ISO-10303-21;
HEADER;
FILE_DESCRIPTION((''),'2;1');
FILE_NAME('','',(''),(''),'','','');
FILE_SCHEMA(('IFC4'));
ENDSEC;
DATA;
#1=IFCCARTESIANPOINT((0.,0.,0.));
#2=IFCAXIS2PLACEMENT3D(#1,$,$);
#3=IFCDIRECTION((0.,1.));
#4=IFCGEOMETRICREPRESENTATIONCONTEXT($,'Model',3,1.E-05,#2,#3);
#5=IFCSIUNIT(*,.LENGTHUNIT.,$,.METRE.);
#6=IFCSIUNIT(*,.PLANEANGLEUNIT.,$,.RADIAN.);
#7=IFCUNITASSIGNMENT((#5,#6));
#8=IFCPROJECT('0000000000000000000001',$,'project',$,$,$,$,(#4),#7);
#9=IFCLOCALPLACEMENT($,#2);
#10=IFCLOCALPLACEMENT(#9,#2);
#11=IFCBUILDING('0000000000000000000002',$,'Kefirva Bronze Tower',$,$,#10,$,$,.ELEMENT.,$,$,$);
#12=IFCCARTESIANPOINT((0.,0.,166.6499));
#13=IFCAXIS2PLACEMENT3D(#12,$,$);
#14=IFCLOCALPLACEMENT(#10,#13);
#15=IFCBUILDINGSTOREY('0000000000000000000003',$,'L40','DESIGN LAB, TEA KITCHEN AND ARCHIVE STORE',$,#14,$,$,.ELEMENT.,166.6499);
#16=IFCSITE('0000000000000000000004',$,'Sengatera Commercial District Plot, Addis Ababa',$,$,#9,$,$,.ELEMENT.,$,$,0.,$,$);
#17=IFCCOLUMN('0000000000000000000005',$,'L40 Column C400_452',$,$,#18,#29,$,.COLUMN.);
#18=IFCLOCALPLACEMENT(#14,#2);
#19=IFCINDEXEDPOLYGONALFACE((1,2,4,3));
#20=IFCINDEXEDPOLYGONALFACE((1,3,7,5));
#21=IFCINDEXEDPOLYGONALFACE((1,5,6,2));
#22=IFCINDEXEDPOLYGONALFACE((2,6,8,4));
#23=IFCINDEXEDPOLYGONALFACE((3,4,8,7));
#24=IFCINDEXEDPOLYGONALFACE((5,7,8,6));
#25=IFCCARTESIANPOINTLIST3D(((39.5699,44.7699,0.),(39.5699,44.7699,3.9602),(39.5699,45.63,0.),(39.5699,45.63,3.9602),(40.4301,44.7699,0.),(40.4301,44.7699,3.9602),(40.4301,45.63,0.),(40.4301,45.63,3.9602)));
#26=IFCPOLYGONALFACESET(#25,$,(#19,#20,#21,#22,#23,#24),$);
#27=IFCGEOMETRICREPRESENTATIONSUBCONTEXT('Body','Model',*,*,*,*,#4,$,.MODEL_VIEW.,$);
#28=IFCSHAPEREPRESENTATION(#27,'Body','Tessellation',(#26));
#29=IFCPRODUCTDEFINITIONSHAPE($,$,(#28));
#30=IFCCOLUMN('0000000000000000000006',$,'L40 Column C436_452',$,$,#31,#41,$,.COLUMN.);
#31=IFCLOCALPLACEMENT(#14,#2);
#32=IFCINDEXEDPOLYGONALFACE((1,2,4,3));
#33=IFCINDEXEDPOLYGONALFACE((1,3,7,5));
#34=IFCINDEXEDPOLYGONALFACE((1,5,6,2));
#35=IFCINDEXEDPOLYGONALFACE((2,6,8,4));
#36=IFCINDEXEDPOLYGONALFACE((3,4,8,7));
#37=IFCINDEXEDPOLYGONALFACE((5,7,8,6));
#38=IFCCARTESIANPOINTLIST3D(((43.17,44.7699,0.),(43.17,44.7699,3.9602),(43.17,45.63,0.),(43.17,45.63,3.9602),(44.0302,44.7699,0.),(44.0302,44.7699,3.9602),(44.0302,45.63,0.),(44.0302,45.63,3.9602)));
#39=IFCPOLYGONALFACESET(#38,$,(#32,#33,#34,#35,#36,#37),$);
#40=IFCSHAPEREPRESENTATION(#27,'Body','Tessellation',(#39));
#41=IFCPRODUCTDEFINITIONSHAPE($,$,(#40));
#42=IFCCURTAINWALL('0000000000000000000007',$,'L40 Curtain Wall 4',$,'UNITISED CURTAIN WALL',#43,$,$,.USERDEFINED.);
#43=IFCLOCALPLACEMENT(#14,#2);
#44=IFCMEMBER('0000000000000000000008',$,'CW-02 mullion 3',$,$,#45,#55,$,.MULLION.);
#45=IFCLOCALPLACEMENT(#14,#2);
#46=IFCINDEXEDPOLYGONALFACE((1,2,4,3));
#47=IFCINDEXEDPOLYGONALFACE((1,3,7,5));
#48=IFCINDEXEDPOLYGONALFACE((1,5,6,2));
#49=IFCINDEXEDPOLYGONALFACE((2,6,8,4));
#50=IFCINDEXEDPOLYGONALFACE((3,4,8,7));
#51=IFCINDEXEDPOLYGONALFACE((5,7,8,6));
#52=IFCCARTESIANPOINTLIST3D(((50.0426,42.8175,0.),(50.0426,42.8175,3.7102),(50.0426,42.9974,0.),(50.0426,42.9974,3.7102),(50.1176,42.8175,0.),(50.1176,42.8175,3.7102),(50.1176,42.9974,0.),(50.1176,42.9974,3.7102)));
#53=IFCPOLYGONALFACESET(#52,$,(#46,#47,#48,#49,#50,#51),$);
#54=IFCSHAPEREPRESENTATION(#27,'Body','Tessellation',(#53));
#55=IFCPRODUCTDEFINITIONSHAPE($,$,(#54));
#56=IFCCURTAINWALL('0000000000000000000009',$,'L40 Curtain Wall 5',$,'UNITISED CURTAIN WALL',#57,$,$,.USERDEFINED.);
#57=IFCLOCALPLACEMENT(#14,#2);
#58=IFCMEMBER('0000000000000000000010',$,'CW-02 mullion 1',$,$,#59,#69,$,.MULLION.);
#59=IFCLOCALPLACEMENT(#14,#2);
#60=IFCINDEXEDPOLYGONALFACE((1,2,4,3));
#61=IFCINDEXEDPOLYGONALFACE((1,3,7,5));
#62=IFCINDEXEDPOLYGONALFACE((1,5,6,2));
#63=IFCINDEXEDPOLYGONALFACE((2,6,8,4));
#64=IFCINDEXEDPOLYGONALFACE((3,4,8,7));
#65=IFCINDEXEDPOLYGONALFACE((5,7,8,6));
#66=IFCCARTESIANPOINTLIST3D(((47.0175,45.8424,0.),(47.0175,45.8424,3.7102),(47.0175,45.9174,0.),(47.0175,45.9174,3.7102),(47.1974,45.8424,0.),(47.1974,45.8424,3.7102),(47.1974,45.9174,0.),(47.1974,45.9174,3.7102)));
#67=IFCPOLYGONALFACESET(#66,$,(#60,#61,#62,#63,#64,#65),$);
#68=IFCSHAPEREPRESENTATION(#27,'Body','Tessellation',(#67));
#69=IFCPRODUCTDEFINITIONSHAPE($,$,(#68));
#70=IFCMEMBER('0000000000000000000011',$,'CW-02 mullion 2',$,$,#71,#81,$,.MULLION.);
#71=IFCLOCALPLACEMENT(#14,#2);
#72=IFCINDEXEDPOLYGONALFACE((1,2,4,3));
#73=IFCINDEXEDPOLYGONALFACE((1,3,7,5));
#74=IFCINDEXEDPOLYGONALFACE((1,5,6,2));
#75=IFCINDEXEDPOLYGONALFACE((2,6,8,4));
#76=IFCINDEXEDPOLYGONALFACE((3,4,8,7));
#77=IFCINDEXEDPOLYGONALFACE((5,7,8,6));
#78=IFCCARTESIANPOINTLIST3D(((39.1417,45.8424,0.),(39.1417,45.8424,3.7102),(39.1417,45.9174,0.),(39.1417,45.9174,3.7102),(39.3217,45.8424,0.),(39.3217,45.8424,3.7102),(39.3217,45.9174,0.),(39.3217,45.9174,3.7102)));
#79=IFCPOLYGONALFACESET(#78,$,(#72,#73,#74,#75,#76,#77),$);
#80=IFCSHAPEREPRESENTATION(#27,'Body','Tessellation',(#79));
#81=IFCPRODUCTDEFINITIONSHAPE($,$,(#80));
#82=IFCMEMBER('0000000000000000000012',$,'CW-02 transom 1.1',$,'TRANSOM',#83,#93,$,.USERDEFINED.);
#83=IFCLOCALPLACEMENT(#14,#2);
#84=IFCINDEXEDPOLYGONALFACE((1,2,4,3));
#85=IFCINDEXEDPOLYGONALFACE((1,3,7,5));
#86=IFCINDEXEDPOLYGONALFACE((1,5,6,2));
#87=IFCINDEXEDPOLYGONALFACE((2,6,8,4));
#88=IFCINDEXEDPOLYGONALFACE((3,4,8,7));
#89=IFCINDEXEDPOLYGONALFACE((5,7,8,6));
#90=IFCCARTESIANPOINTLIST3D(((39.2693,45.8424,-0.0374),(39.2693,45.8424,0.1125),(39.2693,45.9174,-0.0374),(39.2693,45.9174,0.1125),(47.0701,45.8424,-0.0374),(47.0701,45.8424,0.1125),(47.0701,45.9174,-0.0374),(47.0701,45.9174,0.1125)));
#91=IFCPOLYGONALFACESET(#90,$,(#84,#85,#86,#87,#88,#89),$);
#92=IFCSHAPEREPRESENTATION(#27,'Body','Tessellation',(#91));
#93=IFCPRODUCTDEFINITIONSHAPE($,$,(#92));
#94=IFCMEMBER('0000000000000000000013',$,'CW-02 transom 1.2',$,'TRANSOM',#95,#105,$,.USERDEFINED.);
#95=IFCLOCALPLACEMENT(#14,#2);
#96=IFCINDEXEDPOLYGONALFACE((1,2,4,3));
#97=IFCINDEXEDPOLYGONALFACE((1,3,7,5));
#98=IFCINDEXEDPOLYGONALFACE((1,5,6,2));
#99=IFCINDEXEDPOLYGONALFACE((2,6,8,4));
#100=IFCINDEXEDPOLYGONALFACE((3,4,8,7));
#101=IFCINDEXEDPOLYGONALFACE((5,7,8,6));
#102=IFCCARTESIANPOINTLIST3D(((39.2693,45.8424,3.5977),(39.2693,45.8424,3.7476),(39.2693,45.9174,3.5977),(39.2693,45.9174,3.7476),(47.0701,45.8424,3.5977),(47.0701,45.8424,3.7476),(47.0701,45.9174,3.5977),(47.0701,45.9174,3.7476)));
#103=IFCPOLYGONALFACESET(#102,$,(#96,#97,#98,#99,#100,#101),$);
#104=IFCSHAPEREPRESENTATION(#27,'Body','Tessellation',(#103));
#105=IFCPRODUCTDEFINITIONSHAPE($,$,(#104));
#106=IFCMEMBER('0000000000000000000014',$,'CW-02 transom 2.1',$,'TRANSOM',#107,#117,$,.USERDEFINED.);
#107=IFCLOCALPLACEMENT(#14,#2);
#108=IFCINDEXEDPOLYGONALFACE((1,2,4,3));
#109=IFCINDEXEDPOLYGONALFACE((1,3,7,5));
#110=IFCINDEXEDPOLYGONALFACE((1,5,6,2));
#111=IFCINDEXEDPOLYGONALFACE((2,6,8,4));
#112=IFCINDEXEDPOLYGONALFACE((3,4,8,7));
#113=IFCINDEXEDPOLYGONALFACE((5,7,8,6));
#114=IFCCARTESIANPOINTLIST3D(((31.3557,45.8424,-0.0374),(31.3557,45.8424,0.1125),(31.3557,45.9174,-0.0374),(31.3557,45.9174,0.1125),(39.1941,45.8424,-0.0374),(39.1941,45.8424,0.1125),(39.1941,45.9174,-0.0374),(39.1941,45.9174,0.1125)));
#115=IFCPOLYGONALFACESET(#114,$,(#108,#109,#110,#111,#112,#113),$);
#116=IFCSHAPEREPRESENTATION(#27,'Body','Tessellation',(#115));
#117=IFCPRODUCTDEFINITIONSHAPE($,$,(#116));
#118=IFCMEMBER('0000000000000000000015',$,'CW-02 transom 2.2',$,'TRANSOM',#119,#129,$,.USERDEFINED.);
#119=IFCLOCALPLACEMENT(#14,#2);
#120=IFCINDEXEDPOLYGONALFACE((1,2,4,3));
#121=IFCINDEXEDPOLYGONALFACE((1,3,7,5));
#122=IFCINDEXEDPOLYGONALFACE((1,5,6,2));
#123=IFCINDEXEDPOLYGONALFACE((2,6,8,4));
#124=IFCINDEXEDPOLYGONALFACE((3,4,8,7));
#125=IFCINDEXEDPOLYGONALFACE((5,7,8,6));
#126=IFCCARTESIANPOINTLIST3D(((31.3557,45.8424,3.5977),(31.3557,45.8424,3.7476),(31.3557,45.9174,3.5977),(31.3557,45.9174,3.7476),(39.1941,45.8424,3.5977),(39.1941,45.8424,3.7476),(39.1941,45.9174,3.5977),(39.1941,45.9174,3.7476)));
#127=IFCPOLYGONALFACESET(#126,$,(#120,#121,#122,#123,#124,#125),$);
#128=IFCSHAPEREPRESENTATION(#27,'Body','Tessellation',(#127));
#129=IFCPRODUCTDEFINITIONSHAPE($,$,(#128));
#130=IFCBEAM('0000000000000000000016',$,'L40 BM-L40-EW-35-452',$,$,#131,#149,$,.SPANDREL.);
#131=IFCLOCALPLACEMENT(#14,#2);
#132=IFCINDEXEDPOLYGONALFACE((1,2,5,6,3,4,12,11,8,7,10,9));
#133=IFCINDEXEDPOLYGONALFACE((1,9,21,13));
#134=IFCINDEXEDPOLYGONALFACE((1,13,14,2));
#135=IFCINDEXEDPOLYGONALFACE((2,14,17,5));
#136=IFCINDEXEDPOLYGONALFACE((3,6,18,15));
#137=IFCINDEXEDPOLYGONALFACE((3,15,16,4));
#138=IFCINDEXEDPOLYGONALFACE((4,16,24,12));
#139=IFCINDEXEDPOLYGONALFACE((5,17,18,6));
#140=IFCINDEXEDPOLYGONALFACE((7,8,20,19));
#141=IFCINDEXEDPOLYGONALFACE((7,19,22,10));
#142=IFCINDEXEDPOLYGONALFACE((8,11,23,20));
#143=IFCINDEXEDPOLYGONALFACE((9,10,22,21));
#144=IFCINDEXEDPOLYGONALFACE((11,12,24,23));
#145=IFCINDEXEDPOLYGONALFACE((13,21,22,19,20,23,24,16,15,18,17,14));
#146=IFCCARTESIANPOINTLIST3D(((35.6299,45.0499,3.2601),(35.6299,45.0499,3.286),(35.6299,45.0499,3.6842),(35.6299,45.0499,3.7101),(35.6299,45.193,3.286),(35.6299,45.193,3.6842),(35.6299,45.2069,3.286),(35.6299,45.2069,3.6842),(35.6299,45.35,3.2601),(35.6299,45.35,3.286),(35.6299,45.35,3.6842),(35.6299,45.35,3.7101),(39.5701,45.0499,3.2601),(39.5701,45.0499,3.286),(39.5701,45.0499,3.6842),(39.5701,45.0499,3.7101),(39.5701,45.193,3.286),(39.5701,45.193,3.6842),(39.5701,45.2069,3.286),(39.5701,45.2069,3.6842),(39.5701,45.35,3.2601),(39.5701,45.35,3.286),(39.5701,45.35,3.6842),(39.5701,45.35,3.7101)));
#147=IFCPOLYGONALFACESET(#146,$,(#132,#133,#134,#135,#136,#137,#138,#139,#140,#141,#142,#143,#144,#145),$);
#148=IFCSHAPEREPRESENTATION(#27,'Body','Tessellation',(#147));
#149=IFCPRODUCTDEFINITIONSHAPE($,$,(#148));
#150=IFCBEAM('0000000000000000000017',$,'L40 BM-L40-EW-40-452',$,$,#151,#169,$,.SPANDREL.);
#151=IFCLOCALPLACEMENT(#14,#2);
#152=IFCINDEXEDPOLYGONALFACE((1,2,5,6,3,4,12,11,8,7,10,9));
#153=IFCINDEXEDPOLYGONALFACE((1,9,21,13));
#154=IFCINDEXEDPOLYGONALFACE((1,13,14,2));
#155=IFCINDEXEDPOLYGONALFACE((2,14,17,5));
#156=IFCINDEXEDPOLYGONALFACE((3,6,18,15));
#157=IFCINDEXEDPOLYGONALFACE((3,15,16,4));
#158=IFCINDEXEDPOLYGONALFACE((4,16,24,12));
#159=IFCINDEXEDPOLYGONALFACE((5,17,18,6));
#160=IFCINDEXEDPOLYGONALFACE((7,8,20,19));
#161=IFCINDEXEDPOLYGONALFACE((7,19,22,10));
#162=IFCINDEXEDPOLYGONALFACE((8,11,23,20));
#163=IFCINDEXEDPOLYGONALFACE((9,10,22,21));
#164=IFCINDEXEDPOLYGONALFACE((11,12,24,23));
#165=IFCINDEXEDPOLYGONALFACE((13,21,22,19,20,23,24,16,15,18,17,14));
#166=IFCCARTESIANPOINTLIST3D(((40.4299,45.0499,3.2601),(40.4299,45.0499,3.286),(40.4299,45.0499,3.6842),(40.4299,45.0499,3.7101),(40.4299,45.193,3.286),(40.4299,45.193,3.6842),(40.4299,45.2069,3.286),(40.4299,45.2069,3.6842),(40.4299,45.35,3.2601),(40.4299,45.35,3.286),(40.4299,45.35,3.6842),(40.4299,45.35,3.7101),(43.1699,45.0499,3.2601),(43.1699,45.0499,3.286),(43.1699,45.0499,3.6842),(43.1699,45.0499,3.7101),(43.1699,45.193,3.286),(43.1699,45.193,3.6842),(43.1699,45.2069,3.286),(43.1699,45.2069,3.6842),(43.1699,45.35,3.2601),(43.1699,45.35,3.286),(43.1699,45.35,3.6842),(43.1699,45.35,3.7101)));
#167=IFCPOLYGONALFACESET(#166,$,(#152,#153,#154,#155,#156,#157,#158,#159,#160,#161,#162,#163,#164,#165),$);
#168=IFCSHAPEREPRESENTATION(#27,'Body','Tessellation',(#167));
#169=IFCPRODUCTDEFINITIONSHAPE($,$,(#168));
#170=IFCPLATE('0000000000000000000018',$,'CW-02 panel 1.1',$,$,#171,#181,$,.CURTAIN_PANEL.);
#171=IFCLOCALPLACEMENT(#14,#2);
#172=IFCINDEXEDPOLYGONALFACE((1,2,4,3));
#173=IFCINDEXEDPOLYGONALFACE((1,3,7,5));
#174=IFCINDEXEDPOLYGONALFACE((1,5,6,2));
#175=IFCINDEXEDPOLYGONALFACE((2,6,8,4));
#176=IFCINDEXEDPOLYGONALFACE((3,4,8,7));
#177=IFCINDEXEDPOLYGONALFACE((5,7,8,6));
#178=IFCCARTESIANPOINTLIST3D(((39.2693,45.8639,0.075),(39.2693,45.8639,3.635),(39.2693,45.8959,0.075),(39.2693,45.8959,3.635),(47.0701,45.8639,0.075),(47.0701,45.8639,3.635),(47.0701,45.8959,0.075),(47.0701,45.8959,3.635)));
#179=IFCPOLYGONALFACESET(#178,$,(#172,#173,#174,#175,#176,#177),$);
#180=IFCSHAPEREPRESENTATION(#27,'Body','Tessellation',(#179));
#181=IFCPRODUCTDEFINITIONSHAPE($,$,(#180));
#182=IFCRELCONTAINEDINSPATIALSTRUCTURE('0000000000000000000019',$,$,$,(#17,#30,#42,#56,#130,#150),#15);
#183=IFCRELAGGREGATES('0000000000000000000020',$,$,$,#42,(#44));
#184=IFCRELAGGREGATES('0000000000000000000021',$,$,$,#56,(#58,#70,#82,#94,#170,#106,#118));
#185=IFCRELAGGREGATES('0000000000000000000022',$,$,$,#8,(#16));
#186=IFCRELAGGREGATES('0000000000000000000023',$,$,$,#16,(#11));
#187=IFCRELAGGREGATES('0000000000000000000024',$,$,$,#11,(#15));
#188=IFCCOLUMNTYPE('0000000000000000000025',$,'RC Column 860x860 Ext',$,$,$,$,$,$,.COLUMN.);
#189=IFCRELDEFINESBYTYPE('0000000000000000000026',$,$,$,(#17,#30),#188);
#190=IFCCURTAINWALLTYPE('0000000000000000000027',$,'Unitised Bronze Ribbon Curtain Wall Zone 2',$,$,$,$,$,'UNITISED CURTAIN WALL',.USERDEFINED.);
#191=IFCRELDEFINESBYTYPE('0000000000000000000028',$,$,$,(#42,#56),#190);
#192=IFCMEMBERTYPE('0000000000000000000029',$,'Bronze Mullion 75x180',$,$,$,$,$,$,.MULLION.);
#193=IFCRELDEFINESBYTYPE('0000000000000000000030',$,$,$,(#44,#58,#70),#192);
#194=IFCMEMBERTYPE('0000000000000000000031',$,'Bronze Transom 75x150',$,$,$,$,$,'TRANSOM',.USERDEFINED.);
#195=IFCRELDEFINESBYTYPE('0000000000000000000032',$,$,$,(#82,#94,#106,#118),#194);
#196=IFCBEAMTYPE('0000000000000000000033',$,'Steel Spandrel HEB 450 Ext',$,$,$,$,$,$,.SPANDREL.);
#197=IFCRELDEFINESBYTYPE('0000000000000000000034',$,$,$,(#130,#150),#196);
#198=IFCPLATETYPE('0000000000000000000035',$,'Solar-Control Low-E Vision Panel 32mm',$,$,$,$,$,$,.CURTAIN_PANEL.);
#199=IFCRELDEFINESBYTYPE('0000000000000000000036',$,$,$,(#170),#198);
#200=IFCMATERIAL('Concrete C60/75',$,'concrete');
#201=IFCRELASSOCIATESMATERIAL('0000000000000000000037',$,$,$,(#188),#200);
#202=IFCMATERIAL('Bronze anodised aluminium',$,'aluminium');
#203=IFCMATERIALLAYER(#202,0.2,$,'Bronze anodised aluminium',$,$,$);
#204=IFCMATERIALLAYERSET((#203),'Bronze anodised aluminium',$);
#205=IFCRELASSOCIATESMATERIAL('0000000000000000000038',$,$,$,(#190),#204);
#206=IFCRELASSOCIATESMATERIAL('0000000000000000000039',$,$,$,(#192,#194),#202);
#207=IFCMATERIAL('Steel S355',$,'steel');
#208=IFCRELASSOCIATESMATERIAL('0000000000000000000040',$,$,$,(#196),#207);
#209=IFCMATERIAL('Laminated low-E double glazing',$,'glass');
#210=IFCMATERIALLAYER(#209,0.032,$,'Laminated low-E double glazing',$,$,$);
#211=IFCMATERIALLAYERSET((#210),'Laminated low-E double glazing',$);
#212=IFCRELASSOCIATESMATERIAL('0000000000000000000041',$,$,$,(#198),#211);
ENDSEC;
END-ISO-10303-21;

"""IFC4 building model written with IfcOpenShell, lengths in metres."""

from ifc_helpers import new_model, si_unit, direction, frame, origin, origin_2d, place, context, subcontext, project, spatial, rectangle, i_section, extrude, material, layer, layer_set, material_profile, profile_set, type_object, element, aggregate, save


model = new_model("IFC4")

# Units and contexts
model_context = context("Model", 3, precision=1e-05, world=origin(), true_north=direction((0.0, 1.0)))
body_context = subcontext(model_context, "Body", "Model", "MODEL_VIEW")
ifc_project = project(units=[si_unit("LENGTHUNIT", "METRE"), si_unit("PLANEANGLEUNIT", "RADIAN")], contexts=[model_context])

# Site, building, storey
site_placement = place(None, origin())
site = spatial("IfcSite", under=ifc_project, at=site_placement, Name="Sengatera Commercial District Plot, Addis Ababa", CompositionType="ELEMENT", RefElevation=0.0)
building_placement = place(site_placement, origin())
building = spatial("IfcBuilding", under=site, at=building_placement, Name="Kefirva Bronze Tower", CompositionType="ELEMENT")
storey_placement = place(building_placement, frame((0.0, 0.0, 166.6499)))
storey = spatial("IfcBuildingStorey", under=building, at=storey_placement, Name="L40", Description="DESIGN LAB, TEA KITCHEN AND ARCHIVE STORE", CompositionType="ELEMENT", Elevation=166.6499)

# Columns
ifc_material_1 = material(Name="Concrete C60/75", Category="concrete")
ifc_material_profile_1 = material_profile(ifc_material_1, rectangle(XDim=0.8601, YDim=0.8601, at=origin_2d()), Name="RC 860x860")
ifc_profile_set_1 = profile_set([ifc_material_profile_1], Name="Concrete C60/75")
column_type = type_object("IfcColumnType", Name="RC Column 860x860 Ext", PredefinedType="COLUMN", material=ifc_profile_set_1)
for number, where, z_axis, x_axis, name in (
    (1, (40.0, 45.2, 0.0), (0.0, 0.0, 1.0), (1.0, 0.0, 0.0), "L40 Column C400_452"),
    (2, (43.6001, 45.2, 0.0), (0.0, 0.0, 1.0), (1.0, 0.0, 0.0), "L40 Column C436_452"),
):
    element("IfcColumn", number, at=place(storey_placement, frame(where, z_axis=z_axis, x_axis=x_axis)), inside=storey, type_object=column_type, Name=name, PredefinedType="COLUMN", context=body_context, shape_type="SweptSolid", body=[
        extrude(rectangle(XDim=0.8601, YDim=0.8601, at=origin_2d()), origin(), (0.0, 0.0, 1.0), 3.9602),
    ])

# Curtain wall, member
ifc_material_2 = material(Name="Bronze anodised aluminium", Category="aluminium")
ifc_layer_1 = layer(ifc_material_2, 0.2, Name="Bronze anodised aluminium")
ifc_layer_set_1 = layer_set([ifc_layer_1], Name="Bronze anodised aluminium")
curtain_wall_type = type_object("IfcCurtainWallType", Name="Unitised Bronze Ribbon Curtain Wall Zone 2", ElementType="UNITISED CURTAIN WALL", PredefinedType="USERDEFINED", material=ifc_layer_set_1)
curtain_wall_1_placement = place(storey_placement, origin())
curtain_wall_1 = element("IfcCurtainWall", 3, at=curtain_wall_1_placement, inside=storey, type_object=curtain_wall_type, Name="L40 Curtain Wall 4", ObjectType="UNITISED CURTAIN WALL", PredefinedType="USERDEFINED")
ifc_material_profile_2 = material_profile(ifc_material_2, rectangle(XDim=0.075, YDim=0.1799, at=origin_2d()), Name="ALU 75x180")
ifc_profile_set_2 = profile_set([ifc_material_profile_2], Name="Bronze anodised aluminium")
member_type_1 = type_object("IfcMemberType", Name="Bronze Mullion 75x180", PredefinedType="MULLION", material=ifc_profile_set_2)
member_1_placement = place(storey_placement, frame((50.0801, 42.9075, 0.0), z_axis=(0.0, 0.0, 1.0), x_axis=(-1.0, 0.0, 0.0)))
member_1 = element("IfcMember", 4, at=member_1_placement, type_object=member_type_1, Name="CW-02 mullion 3", PredefinedType="MULLION", context=body_context, shape_type="SweptSolid", body=[
    extrude(rectangle(XDim=0.075, YDim=0.1799, at=origin_2d()), origin(), (0.0, 0.0, 1.0), 3.7102),
])
aggregate(curtain_wall_1, [member_1])

# Curtain wall, members
curtain_wall_2_placement = place(storey_placement, origin())
curtain_wall_2 = element("IfcCurtainWall", 5, at=curtain_wall_2_placement, inside=storey, type_object=curtain_wall_type, Name="L40 Curtain Wall 5", ObjectType="UNITISED CURTAIN WALL", PredefinedType="USERDEFINED")
member_2_placement = place(storey_placement, frame((47.1074, 45.8799, 0.0), z_axis=(0.0, 0.0, 1.0), x_axis=(0.0, -1.0, 0.0)))
member_2 = element("IfcMember", 6, at=member_2_placement, type_object=member_type_1, Name="CW-02 mullion 1", PredefinedType="MULLION", context=body_context, shape_type="SweptSolid", body=[
    extrude(rectangle(XDim=0.075, YDim=0.1799, at=origin_2d()), origin(), (0.0, 0.0, 1.0), 3.7102),
])
member_3_placement = place(storey_placement, frame((39.2317, 45.8799, 0.0), z_axis=(0.0, 0.0, 1.0), x_axis=(0.0, -1.0, 0.0)))
member_3 = element("IfcMember", 7, at=member_3_placement, type_object=member_type_1, Name="CW-02 mullion 2", PredefinedType="MULLION", context=body_context, shape_type="SweptSolid", body=[
    extrude(rectangle(XDim=0.075, YDim=0.1799, at=origin_2d()), origin(), (0.0, 0.0, 1.0), 3.7102),
])
ifc_material_profile_3 = material_profile(ifc_material_2, rectangle(XDim=0.075, YDim=0.1499, at=origin_2d()), Name="ALU 75x150")
ifc_profile_set_3 = profile_set([ifc_material_profile_3], Name="Bronze anodised aluminium")
member_type_2 = type_object("IfcMemberType", Name="Bronze Transom 75x150", ElementType="TRANSOM", PredefinedType="USERDEFINED", material=ifc_profile_set_3)
member_4_placement = place(storey_placement, frame((47.0701, 45.8799, 0.0376), z_axis=(-1.0, 0.0, 0.0), x_axis=(0.0, -1.0, 0.0)))
member_4 = element("IfcMember", 8, at=member_4_placement, type_object=member_type_2, Name="CW-02 transom 1.1", ObjectType="TRANSOM", PredefinedType="USERDEFINED", context=body_context, shape_type="SweptSolid", body=[
    extrude(rectangle(XDim=0.075, YDim=0.1499, at=origin_2d()), origin(), (0.0, 0.0, 1.0), 7.8008),
])
member_5_placement = place(storey_placement, frame((47.0701, 45.8799, 3.6726), z_axis=(-1.0, 0.0, 0.0), x_axis=(0.0, -1.0, 0.0)))
member_5 = element("IfcMember", 9, at=member_5_placement, type_object=member_type_2, Name="CW-02 transom 1.2", ObjectType="TRANSOM", PredefinedType="USERDEFINED", context=body_context, shape_type="SweptSolid", body=[
    extrude(rectangle(XDim=0.075, YDim=0.1499, at=origin_2d()), origin(), (0.0, 0.0, 1.0), 7.8008),
])
member_6_placement = place(storey_placement, frame((39.1941, 45.8799, 0.0376), z_axis=(-1.0, 0.0, 0.0), x_axis=(0.0, -1.0, 0.0)))
member_6 = element("IfcMember", 10, at=member_6_placement, type_object=member_type_2, Name="CW-02 transom 2.1", ObjectType="TRANSOM", PredefinedType="USERDEFINED", context=body_context, shape_type="SweptSolid", body=[
    extrude(rectangle(XDim=0.075, YDim=0.1499, at=origin_2d()), origin(), (0.0, 0.0, 1.0), 7.8384),
])
member_7_placement = place(storey_placement, frame((39.1941, 45.8799, 3.6726), z_axis=(-1.0, 0.0, 0.0), x_axis=(0.0, -1.0, 0.0)))
member_7 = element("IfcMember", 11, at=member_7_placement, type_object=member_type_2, Name="CW-02 transom 2.2", ObjectType="TRANSOM", PredefinedType="USERDEFINED", context=body_context, shape_type="SweptSolid", body=[
    extrude(rectangle(XDim=0.075, YDim=0.1499, at=origin_2d()), origin(), (0.0, 0.0, 1.0), 7.8384),
])

# Beams
ifc_material_3 = material(Name="Steel S355", Category="steel")
ifc_material_profile_4 = material_profile(ifc_material_3, i_section(OverallWidth=0.3, OverallDepth=0.45, WebThickness=0.0139, FlangeThickness=0.0259, at=origin_2d()), Name="HEB 450")
ifc_profile_set_4 = profile_set([ifc_material_profile_4], Name="Steel S355")
beam_type = type_object("IfcBeamType", Name="Steel Spandrel HEB 450 Ext", PredefinedType="SPANDREL", material=ifc_profile_set_4)
beam_1_placement = place(storey_placement, frame((35.6299, 45.2, 3.4851), z_axis=(1.0, 0.0, 0.0), x_axis=(0.0, 1.0, 0.0)))
element("IfcBeam", 12, at=beam_1_placement, inside=storey, type_object=beam_type, Name="L40 BM-L40-EW-35-452", PredefinedType="SPANDREL", context=body_context, shape_type="SweptSolid", body=[
    extrude(i_section(OverallWidth=0.3, OverallDepth=0.45, WebThickness=0.0139, FlangeThickness=0.0259, at=origin_2d()), origin(), (0.0, 0.0, 1.0), 3.9402),
])
beam_2_placement = place(storey_placement, frame((40.4299, 45.2, 3.4851), z_axis=(1.0, 0.0, 0.0), x_axis=(0.0, 1.0, 0.0)))
element("IfcBeam", 13, at=beam_2_placement, inside=storey, type_object=beam_type, Name="L40 BM-L40-EW-40-452", PredefinedType="SPANDREL", context=body_context, shape_type="SweptSolid", body=[
    extrude(i_section(OverallWidth=0.3, OverallDepth=0.45, WebThickness=0.0139, FlangeThickness=0.0259, at=origin_2d()), origin(), (0.0, 0.0, 1.0), 2.74),
])

# Plate
ifc_material_4 = material(Name="Laminated low-E double glazing", Category="glass")
ifc_layer_2 = layer(ifc_material_4, 0.032, Name="Laminated low-E double glazing")
ifc_layer_set_2 = layer_set([ifc_layer_2], Name="Laminated low-E double glazing")
plate_type = type_object("IfcPlateType", Name="Solar-Control Low-E Vision Panel 32mm", PredefinedType="CURTAIN_PANEL", material=ifc_layer_set_2)
plate_placement = place(storey_placement, frame((43.1697, 45.8799, 0.075), z_axis=(0.0, 0.0, 1.0), x_axis=(-1.0, 0.0, 0.0)))
plate = element("IfcPlate", 14, at=plate_placement, type_object=plate_type, Name="CW-02 panel 1.1", PredefinedType="CURTAIN_PANEL", context=body_context, shape_type="SweptSolid", body=[
    extrude(rectangle(XDim=7.8008, YDim=0.032, at=origin_2d()), origin(), (0.0, 0.0, 1.0), 3.5601),
])
aggregate(curtain_wall_2, [member_2, member_3, member_4, member_5, plate, member_6, member_7])

save(model, "model.ifc")
